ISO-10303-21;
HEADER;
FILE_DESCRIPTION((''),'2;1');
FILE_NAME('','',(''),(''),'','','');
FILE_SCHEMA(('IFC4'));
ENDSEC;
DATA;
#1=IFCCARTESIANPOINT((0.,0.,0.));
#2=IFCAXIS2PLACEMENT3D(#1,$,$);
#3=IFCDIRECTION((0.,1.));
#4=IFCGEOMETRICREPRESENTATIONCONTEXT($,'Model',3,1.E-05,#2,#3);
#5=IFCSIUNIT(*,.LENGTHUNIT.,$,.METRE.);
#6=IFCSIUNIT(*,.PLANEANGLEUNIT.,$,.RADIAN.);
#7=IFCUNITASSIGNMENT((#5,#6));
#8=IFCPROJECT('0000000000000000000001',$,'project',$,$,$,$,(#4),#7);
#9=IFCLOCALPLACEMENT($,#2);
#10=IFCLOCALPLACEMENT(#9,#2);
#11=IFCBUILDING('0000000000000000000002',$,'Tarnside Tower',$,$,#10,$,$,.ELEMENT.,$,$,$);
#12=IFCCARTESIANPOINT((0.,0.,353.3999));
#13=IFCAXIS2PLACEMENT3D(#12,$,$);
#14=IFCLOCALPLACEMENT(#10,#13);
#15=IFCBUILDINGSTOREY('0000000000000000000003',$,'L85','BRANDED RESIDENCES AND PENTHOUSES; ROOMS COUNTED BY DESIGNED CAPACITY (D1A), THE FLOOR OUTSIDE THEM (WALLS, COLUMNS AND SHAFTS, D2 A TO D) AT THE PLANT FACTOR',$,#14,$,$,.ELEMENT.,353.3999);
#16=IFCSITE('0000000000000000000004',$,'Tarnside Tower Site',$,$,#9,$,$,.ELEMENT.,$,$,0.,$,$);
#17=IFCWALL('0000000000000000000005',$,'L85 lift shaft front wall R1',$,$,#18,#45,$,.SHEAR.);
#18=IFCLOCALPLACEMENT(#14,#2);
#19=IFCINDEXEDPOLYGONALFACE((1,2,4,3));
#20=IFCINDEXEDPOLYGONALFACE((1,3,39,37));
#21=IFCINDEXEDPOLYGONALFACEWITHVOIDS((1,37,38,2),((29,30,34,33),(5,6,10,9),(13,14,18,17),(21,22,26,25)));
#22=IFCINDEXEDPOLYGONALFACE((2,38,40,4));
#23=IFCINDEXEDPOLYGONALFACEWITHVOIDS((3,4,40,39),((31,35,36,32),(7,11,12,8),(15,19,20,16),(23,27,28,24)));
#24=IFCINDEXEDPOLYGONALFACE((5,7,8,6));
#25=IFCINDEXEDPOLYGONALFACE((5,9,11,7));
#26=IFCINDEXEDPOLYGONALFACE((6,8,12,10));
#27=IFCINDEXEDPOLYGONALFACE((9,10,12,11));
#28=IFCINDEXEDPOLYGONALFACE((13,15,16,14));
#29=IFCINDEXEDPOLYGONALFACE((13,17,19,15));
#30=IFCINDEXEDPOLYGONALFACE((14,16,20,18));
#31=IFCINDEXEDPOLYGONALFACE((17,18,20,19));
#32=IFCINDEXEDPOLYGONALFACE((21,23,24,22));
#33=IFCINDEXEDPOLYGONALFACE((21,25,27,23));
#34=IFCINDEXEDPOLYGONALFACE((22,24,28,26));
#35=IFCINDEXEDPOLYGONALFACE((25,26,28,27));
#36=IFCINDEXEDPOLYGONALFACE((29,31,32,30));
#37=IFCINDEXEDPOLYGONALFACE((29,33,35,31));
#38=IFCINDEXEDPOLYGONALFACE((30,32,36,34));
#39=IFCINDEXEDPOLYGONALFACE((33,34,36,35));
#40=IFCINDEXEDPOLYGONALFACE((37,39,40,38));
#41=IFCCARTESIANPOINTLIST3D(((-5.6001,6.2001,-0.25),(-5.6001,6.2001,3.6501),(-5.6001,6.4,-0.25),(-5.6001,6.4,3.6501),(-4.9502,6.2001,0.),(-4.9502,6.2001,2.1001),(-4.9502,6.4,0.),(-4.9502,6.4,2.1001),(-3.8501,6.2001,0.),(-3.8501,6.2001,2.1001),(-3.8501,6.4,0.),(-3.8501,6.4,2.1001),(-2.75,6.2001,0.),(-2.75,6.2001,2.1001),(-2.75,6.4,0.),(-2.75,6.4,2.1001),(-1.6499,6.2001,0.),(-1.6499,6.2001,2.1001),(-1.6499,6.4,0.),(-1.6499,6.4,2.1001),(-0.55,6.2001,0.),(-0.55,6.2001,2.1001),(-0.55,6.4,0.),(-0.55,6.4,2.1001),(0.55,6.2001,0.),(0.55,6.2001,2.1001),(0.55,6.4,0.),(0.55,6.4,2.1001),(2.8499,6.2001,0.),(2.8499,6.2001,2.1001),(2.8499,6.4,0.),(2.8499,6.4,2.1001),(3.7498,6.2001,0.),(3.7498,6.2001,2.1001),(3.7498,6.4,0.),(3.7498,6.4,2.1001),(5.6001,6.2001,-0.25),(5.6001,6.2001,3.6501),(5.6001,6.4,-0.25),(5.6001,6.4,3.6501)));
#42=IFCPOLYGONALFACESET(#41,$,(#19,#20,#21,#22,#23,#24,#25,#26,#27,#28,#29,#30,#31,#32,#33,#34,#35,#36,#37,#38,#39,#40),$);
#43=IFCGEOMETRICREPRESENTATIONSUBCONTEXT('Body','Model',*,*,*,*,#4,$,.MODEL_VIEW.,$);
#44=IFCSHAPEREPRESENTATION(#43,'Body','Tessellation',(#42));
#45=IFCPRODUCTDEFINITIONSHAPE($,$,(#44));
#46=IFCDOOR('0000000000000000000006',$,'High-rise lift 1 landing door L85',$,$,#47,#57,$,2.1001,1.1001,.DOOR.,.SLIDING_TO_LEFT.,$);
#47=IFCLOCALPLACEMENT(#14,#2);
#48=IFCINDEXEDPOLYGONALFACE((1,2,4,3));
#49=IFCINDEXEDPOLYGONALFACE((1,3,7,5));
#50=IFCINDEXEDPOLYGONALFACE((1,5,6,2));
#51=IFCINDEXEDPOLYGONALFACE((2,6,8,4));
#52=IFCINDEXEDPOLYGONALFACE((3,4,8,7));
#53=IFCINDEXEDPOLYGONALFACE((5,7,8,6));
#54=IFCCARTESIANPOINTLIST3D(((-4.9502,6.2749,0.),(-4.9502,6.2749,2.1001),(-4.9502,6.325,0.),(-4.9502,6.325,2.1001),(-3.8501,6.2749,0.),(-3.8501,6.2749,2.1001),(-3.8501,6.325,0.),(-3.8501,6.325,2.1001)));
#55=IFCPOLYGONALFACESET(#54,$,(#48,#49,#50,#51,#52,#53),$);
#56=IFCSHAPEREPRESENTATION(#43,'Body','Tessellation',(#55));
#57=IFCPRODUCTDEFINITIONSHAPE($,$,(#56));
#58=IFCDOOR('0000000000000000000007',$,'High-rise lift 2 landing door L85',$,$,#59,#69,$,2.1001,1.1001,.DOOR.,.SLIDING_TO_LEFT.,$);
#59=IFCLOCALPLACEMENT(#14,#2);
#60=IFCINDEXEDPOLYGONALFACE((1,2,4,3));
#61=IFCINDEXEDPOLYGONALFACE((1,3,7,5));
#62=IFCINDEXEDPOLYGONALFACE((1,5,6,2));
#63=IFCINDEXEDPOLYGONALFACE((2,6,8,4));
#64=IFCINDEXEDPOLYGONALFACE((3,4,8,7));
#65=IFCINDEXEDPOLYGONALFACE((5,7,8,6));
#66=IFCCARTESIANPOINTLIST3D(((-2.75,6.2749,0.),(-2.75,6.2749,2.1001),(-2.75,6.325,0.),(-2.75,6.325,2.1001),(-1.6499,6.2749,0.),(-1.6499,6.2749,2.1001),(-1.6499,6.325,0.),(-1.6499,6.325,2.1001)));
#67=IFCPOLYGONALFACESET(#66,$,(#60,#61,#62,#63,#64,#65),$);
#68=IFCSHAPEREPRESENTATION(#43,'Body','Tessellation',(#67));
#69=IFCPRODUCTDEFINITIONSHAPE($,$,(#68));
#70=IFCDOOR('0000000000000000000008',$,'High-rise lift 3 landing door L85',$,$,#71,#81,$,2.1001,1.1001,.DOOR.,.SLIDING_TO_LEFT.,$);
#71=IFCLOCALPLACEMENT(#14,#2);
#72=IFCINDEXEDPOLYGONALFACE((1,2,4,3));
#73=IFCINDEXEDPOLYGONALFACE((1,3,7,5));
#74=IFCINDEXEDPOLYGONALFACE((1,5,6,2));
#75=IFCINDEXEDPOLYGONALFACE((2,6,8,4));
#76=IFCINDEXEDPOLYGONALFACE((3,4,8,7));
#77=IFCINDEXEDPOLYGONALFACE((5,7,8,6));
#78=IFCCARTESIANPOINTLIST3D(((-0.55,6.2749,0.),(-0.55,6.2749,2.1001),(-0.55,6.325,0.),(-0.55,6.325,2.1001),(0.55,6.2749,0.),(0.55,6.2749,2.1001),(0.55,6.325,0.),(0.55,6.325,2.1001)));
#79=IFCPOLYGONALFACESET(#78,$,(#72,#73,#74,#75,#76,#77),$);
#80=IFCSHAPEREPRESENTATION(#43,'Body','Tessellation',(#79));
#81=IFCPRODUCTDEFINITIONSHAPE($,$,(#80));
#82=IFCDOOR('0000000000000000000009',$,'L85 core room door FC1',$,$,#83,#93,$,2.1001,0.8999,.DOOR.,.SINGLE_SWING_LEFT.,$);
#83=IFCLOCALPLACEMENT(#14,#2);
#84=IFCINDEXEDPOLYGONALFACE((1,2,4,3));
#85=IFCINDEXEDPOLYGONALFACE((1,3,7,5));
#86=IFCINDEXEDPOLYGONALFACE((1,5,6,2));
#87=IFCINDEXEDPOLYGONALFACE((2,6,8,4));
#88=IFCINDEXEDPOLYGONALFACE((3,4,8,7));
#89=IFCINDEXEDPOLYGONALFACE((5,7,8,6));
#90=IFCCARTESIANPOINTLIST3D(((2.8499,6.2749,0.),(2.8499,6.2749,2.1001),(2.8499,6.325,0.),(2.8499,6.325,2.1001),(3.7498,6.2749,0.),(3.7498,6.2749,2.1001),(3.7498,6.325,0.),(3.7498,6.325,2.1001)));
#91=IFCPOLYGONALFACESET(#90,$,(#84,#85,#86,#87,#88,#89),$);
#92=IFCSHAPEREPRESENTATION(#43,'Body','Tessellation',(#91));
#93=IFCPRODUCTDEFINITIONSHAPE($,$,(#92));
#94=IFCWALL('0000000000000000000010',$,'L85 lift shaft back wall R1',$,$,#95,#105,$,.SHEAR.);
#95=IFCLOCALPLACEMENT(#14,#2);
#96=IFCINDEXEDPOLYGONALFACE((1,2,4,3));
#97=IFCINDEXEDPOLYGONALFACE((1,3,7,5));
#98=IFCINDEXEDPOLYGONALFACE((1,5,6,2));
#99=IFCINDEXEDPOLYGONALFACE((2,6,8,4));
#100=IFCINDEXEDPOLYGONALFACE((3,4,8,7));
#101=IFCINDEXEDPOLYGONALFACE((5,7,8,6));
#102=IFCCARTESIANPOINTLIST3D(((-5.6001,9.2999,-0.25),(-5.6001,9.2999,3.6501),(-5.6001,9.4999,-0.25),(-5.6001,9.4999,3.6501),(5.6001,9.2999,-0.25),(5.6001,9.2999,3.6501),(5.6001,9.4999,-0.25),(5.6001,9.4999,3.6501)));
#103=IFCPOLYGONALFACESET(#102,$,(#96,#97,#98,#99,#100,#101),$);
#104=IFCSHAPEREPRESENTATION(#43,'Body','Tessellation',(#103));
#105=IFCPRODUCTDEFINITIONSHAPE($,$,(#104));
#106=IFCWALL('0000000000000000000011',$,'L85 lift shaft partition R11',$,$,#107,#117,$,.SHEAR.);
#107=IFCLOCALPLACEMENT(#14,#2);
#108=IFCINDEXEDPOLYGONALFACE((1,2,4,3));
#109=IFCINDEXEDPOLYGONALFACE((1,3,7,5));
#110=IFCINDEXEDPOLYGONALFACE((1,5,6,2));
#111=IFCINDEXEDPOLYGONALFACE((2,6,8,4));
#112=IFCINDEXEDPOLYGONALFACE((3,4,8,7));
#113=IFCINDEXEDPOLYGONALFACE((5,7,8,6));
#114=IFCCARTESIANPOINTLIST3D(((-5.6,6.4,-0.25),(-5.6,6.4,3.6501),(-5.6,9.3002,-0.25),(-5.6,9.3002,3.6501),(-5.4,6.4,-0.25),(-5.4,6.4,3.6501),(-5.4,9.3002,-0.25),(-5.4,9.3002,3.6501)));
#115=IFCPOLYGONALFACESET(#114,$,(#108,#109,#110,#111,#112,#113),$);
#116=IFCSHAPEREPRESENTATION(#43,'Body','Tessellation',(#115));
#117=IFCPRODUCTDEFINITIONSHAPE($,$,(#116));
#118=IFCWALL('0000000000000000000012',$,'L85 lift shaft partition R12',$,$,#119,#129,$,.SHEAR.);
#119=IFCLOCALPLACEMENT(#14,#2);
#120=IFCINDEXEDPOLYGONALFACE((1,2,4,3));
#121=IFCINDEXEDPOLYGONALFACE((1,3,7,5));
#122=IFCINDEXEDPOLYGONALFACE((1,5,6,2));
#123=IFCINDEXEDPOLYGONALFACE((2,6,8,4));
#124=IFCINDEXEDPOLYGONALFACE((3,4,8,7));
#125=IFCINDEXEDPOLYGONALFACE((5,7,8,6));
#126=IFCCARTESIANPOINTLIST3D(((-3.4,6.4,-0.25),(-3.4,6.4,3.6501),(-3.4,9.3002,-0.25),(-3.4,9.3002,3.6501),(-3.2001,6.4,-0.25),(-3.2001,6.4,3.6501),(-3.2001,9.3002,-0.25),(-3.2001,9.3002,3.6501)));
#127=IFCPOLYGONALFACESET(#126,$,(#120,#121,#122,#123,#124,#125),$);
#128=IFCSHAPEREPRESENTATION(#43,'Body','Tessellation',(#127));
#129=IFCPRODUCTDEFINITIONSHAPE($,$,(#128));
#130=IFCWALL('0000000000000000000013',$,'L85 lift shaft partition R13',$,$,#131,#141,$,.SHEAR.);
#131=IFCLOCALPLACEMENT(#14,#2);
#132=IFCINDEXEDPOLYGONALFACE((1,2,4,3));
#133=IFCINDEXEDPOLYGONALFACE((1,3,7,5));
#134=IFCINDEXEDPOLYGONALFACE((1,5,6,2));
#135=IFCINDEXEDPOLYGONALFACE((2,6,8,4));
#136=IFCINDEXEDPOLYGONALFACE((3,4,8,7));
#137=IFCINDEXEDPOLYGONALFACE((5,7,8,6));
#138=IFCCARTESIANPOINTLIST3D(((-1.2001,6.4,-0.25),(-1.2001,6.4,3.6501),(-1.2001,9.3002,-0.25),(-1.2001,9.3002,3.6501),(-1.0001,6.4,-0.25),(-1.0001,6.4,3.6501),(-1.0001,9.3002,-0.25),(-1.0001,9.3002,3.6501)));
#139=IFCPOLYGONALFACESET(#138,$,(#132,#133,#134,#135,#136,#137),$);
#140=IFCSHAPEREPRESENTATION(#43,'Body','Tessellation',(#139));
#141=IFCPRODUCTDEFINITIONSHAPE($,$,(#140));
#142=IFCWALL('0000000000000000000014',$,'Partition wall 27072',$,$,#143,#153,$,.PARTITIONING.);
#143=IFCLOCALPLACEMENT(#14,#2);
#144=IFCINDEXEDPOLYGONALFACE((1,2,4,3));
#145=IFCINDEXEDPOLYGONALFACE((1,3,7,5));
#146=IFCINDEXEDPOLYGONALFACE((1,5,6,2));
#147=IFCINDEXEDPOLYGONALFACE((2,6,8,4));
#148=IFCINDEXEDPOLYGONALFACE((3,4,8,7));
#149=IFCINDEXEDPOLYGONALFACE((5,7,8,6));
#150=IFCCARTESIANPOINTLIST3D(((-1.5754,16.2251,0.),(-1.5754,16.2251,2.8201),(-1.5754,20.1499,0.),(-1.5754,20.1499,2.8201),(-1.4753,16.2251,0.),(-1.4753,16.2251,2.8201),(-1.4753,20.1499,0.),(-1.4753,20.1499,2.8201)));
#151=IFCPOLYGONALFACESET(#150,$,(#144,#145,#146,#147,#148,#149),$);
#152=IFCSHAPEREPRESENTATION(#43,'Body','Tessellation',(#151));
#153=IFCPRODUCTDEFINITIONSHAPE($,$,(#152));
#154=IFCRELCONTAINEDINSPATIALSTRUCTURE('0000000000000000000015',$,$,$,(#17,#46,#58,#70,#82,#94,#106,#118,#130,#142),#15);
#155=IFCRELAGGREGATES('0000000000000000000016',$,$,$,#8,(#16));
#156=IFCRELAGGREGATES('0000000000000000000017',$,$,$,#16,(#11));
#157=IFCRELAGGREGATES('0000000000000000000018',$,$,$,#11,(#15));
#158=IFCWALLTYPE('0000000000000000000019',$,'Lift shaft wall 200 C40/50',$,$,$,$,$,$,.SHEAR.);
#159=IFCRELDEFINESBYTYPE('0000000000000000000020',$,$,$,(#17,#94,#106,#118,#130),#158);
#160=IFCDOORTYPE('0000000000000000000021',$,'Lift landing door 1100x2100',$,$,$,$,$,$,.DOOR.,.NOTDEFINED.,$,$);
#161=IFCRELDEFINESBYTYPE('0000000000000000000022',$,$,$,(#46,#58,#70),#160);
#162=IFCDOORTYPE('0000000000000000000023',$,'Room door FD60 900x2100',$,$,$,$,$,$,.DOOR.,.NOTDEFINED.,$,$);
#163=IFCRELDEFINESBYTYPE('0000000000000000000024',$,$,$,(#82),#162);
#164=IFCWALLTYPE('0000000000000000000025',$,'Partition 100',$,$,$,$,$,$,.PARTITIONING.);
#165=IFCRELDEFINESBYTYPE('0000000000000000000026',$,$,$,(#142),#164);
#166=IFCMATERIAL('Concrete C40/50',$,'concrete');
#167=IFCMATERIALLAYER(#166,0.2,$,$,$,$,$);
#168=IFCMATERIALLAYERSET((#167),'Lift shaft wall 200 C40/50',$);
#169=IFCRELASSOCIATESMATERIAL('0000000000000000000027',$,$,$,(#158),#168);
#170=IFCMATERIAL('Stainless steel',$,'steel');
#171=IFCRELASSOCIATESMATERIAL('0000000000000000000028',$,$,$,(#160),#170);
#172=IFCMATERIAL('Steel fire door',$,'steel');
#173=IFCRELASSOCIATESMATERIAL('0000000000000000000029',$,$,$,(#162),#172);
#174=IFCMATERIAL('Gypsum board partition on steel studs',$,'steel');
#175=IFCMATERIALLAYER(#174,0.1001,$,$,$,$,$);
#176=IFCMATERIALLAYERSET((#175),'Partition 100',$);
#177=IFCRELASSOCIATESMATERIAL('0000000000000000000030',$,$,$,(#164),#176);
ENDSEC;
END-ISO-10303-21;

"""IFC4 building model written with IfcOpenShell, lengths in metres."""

from ifc_helpers import new_model, si_unit, direction, frame, frame_2d, origin, place, context, subcontext, project, spatial, rectangle, extrude, material, layer, layer_set, type_object, element, fill, save


model = new_model("IFC4")

# Units and contexts
model_context = context("Model", 3, precision=1e-05, world=origin(), true_north=direction((0.0, 1.0)))
body_context = subcontext(model_context, "Body", "Model", "MODEL_VIEW")
ifc_project = project(units=[si_unit("LENGTHUNIT", "METRE"), si_unit("PLANEANGLEUNIT", "RADIAN")], contexts=[model_context])

# Site, building, storey
site_placement = place(None, origin())
site = spatial("IfcSite", under=ifc_project, at=site_placement, Name="Tarnside Tower Site", CompositionType="ELEMENT", RefElevation=0.0)
building_placement = place(site_placement, origin())
building = spatial("IfcBuilding", under=site, at=building_placement, Name="Tarnside Tower", CompositionType="ELEMENT")
storey_placement = place(building_placement, frame((0.0, 0.0, 353.3999)))
storey = spatial("IfcBuildingStorey", under=building, at=storey_placement, Name="L85", Description="BRANDED RESIDENCES AND PENTHOUSES; ROOMS COUNTED BY DESIGNED CAPACITY (D1A), THE FLOOR OUTSIDE THEM (WALLS, COLUMNS AND SHAFTS, D2 A TO D) AT THE PLANT FACTOR", CompositionType="ELEMENT", Elevation=353.3999)

# Shared definitions
ifc_material_1 = material(Name="Steel fire door", Category="steel")
ifc_material_2 = material(Name="Gypsum board partition on steel studs", Category="steel")

# Wall, openings, doors
ifc_material_3 = material(Name="Concrete C40/50", Category="concrete")
ifc_layer_1 = layer(ifc_material_3, 0.2)
ifc_layer_set_1 = layer_set([ifc_layer_1], Name="Lift shaft wall 200 C40/50")
wall_type_1 = type_object("IfcWallType", Name="Lift shaft wall 200 C40/50", PredefinedType="SHEAR", material=ifc_layer_set_1)
wall_1_placement = place(storey_placement, frame((-5.6001, 6.3, -0.25), z_axis=(0.0, 0.0, 1.0), x_axis=(1.0, 0.0, 0.0)))
wall_1 = element("IfcWall", 1, at=wall_1_placement, inside=storey, type_object=wall_type_1, Name="L85 lift shaft front wall R1", PredefinedType="SHEAR", context=body_context, shape_type="SweptSolid", body=[
    extrude(rectangle(XDim=11.2002, YDim=0.2, at=frame_2d((5.6001, 0.0))), origin(), (0.0, 0.0, 1.0), 3.9001),
])
opening_1_placement = place(wall_1_placement, frame((8.45, 0.0, 0.25)))
opening_1 = element("IfcOpeningElement", 2, at=opening_1_placement, cuts=wall_1, PredefinedType="OPENING", context=body_context, shape_type="SweptSolid", body=[
    extrude(rectangle(XDim=0.8999, YDim=2.1001, at=frame_2d((0.45, 1.05))), frame((0.0, 0.1099, 0.0), z_axis=(0.0, -1.0, 0.0), x_axis=(1.0, 0.0, 0.0)), (0.0, 0.0, 1.0), 0.22),
])
opening_2_placement = place(wall_1_placement, frame((0.6499, 0.0, 0.25)))
opening_2 = element("IfcOpeningElement", 3, at=opening_2_placement, cuts=wall_1, PredefinedType="OPENING", context=body_context, shape_type="SweptSolid", body=[
    extrude(rectangle(XDim=1.1001, YDim=2.1001, at=frame_2d((0.55, 1.05))), frame((0.0, 0.1099, 0.0), z_axis=(0.0, -1.0, 0.0), x_axis=(1.0, 0.0, 0.0)), (0.0, 0.0, 1.0), 0.22),
])
opening_3_placement = place(wall_1_placement, frame((2.8501, 0.0, 0.25)))
opening_3 = element("IfcOpeningElement", 4, at=opening_3_placement, cuts=wall_1, PredefinedType="OPENING", context=body_context, shape_type="SweptSolid", body=[
    extrude(rectangle(XDim=1.1001, YDim=2.1001, at=frame_2d((0.55, 1.05))), frame((0.0, 0.1099, 0.0), z_axis=(0.0, -1.0, 0.0), x_axis=(1.0, 0.0, 0.0)), (0.0, 0.0, 1.0), 0.22),
])
opening_4_placement = place(wall_1_placement, frame((5.05, 0.0, 0.25)))
opening_4 = element("IfcOpeningElement", 5, at=opening_4_placement, cuts=wall_1, PredefinedType="OPENING", context=body_context, shape_type="SweptSolid", body=[
    extrude(rectangle(XDim=1.1001, YDim=2.1001, at=frame_2d((0.55, 1.05))), frame((0.0, 0.1099, 0.0), z_axis=(0.0, -1.0, 0.0), x_axis=(1.0, 0.0, 0.0)), (0.0, 0.0, 1.0), 0.22),
])
ifc_material_4 = material(Name="Stainless steel", Category="steel")
door_type_1 = type_object("IfcDoorType", Name="Lift landing door 1100x2100", OperationType="NOTDEFINED", PredefinedType="DOOR", material=ifc_material_4)
door_1_placement = place(opening_2_placement, origin())
door_1 = element("IfcDoor", 6, at=door_1_placement, inside=storey, type_object=door_type_1, Name="High-rise lift 1 landing door L85", OperationType="SLIDING_TO_LEFT", OverallHeight=2.1001, OverallWidth=1.1001, PredefinedType="DOOR", context=body_context, shape_type="SweptSolid", body=[
    extrude(rectangle(XDim=1.1001, YDim=2.1001, at=frame_2d((0.55, 1.05))), frame((0.0, 0.0249, 0.0), z_axis=(0.0, -1.0, 0.0), x_axis=(1.0, 0.0, 0.0)), (0.0, 0.0, 1.0), 0.05),
])
fill(opening_2, door_1)
door_2_placement = place(opening_3_placement, origin())
door_2 = element("IfcDoor", 7, at=door_2_placement, inside=storey, type_object=door_type_1, Name="High-rise lift 2 landing door L85", OperationType="SLIDING_TO_LEFT", OverallHeight=2.1001, OverallWidth=1.1001, PredefinedType="DOOR", context=body_context, shape_type="SweptSolid", body=[
    extrude(rectangle(XDim=1.1001, YDim=2.1001, at=frame_2d((0.55, 1.05))), frame((0.0, 0.0249, 0.0), z_axis=(0.0, -1.0, 0.0), x_axis=(1.0, 0.0, 0.0)), (0.0, 0.0, 1.0), 0.05),
])
fill(opening_3, door_2)
door_3_placement = place(opening_4_placement, origin())
door_3 = element("IfcDoor", 8, at=door_3_placement, inside=storey, type_object=door_type_1, Name="High-rise lift 3 landing door L85", OperationType="SLIDING_TO_LEFT", OverallHeight=2.1001, OverallWidth=1.1001, PredefinedType="DOOR", context=body_context, shape_type="SweptSolid", body=[
    extrude(rectangle(XDim=1.1001, YDim=2.1001, at=frame_2d((0.55, 1.05))), frame((0.0, 0.0249, 0.0), z_axis=(0.0, -1.0, 0.0), x_axis=(1.0, 0.0, 0.0)), (0.0, 0.0, 1.0), 0.05),
])
fill(opening_4, door_3)
door_type_2 = type_object("IfcDoorType", Name="Room door FD60 900x2100", OperationType="NOTDEFINED", PredefinedType="DOOR", material=ifc_material_1)
door_4_placement = place(opening_1_placement, origin())
door_4 = element("IfcDoor", 9, at=door_4_placement, inside=storey, type_object=door_type_2, Name="L85 core room door FC1", OperationType="SINGLE_SWING_LEFT", OverallHeight=2.1001, OverallWidth=0.8999, PredefinedType="DOOR", context=body_context, shape_type="SweptSolid", body=[
    extrude(rectangle(XDim=0.8999, YDim=2.1001, at=frame_2d((0.45, 1.05))), frame((0.0, 0.0249, 0.0), z_axis=(0.0, -1.0, 0.0), x_axis=(1.0, 0.0, 0.0)), (0.0, 0.0, 1.0), 0.05),
])
fill(opening_1, door_4)

# Walls
wall_2_placement = place(storey_placement, frame((-5.6001, 9.3999, -0.25), z_axis=(0.0, 0.0, 1.0), x_axis=(1.0, 0.0, 0.0)))
element("IfcWall", 10, at=wall_2_placement, inside=storey, type_object=wall_type_1, Name="L85 lift shaft back wall R1", PredefinedType="SHEAR", context=body_context, shape_type="SweptSolid", body=[
    extrude(rectangle(XDim=11.2002, YDim=0.2, at=frame_2d((5.6001, 0.0))), origin(), (0.0, 0.0, 1.0), 3.9001),
])
for number, where, z_axis, x_axis, name in (
    (11, (-5.5, 6.3999, -0.25), (0.0, 0.0, 1.0), (0.0, 1.0, 0.0), "L85 lift shaft partition R11"),
    (12, (-3.3, 6.3999, -0.25), (0.0, 0.0, 1.0), (0.0, 1.0, 0.0), "L85 lift shaft partition R12"),
    (13, (-1.1001, 6.3999, -0.25), (0.0, 0.0, 1.0), (0.0, 1.0, 0.0), "L85 lift shaft partition R13"),
):
    element("IfcWall", number, at=place(storey_placement, frame(where, z_axis=z_axis, x_axis=x_axis)), inside=storey, type_object=wall_type_1, Name=name, PredefinedType="SHEAR", context=body_context, shape_type="SweptSolid", body=[
        extrude(rectangle(XDim=2.9001, YDim=0.2, at=frame_2d((1.4502, 0.0))), origin(), (0.0, 0.0, 1.0), 3.9001),
    ])
ifc_layer_2 = layer(ifc_material_2, 0.1001)
ifc_layer_set_2 = layer_set([ifc_layer_2], Name="Partition 100")
wall_type_2 = type_object("IfcWallType", Name="Partition 100", PredefinedType="PARTITIONING", material=ifc_layer_set_2)
wall_3_placement = place(storey_placement, frame((-1.5254, 16.2251, 0.0), z_axis=(0.0, 0.0, 1.0), x_axis=(0.0, 1.0, 0.0)))
element("IfcWall", 14, at=wall_3_placement, inside=storey, type_object=wall_type_2, Name="Partition wall 27072", PredefinedType="PARTITIONING", context=body_context, shape_type="SweptSolid", body=[
    extrude(rectangle(XDim=3.9248, YDim=0.1001, at=frame_2d((1.9624, 0.0))), origin(), (0.0, 0.0, 1.0), 2.8201),
])

save(model, "model.ifc")
